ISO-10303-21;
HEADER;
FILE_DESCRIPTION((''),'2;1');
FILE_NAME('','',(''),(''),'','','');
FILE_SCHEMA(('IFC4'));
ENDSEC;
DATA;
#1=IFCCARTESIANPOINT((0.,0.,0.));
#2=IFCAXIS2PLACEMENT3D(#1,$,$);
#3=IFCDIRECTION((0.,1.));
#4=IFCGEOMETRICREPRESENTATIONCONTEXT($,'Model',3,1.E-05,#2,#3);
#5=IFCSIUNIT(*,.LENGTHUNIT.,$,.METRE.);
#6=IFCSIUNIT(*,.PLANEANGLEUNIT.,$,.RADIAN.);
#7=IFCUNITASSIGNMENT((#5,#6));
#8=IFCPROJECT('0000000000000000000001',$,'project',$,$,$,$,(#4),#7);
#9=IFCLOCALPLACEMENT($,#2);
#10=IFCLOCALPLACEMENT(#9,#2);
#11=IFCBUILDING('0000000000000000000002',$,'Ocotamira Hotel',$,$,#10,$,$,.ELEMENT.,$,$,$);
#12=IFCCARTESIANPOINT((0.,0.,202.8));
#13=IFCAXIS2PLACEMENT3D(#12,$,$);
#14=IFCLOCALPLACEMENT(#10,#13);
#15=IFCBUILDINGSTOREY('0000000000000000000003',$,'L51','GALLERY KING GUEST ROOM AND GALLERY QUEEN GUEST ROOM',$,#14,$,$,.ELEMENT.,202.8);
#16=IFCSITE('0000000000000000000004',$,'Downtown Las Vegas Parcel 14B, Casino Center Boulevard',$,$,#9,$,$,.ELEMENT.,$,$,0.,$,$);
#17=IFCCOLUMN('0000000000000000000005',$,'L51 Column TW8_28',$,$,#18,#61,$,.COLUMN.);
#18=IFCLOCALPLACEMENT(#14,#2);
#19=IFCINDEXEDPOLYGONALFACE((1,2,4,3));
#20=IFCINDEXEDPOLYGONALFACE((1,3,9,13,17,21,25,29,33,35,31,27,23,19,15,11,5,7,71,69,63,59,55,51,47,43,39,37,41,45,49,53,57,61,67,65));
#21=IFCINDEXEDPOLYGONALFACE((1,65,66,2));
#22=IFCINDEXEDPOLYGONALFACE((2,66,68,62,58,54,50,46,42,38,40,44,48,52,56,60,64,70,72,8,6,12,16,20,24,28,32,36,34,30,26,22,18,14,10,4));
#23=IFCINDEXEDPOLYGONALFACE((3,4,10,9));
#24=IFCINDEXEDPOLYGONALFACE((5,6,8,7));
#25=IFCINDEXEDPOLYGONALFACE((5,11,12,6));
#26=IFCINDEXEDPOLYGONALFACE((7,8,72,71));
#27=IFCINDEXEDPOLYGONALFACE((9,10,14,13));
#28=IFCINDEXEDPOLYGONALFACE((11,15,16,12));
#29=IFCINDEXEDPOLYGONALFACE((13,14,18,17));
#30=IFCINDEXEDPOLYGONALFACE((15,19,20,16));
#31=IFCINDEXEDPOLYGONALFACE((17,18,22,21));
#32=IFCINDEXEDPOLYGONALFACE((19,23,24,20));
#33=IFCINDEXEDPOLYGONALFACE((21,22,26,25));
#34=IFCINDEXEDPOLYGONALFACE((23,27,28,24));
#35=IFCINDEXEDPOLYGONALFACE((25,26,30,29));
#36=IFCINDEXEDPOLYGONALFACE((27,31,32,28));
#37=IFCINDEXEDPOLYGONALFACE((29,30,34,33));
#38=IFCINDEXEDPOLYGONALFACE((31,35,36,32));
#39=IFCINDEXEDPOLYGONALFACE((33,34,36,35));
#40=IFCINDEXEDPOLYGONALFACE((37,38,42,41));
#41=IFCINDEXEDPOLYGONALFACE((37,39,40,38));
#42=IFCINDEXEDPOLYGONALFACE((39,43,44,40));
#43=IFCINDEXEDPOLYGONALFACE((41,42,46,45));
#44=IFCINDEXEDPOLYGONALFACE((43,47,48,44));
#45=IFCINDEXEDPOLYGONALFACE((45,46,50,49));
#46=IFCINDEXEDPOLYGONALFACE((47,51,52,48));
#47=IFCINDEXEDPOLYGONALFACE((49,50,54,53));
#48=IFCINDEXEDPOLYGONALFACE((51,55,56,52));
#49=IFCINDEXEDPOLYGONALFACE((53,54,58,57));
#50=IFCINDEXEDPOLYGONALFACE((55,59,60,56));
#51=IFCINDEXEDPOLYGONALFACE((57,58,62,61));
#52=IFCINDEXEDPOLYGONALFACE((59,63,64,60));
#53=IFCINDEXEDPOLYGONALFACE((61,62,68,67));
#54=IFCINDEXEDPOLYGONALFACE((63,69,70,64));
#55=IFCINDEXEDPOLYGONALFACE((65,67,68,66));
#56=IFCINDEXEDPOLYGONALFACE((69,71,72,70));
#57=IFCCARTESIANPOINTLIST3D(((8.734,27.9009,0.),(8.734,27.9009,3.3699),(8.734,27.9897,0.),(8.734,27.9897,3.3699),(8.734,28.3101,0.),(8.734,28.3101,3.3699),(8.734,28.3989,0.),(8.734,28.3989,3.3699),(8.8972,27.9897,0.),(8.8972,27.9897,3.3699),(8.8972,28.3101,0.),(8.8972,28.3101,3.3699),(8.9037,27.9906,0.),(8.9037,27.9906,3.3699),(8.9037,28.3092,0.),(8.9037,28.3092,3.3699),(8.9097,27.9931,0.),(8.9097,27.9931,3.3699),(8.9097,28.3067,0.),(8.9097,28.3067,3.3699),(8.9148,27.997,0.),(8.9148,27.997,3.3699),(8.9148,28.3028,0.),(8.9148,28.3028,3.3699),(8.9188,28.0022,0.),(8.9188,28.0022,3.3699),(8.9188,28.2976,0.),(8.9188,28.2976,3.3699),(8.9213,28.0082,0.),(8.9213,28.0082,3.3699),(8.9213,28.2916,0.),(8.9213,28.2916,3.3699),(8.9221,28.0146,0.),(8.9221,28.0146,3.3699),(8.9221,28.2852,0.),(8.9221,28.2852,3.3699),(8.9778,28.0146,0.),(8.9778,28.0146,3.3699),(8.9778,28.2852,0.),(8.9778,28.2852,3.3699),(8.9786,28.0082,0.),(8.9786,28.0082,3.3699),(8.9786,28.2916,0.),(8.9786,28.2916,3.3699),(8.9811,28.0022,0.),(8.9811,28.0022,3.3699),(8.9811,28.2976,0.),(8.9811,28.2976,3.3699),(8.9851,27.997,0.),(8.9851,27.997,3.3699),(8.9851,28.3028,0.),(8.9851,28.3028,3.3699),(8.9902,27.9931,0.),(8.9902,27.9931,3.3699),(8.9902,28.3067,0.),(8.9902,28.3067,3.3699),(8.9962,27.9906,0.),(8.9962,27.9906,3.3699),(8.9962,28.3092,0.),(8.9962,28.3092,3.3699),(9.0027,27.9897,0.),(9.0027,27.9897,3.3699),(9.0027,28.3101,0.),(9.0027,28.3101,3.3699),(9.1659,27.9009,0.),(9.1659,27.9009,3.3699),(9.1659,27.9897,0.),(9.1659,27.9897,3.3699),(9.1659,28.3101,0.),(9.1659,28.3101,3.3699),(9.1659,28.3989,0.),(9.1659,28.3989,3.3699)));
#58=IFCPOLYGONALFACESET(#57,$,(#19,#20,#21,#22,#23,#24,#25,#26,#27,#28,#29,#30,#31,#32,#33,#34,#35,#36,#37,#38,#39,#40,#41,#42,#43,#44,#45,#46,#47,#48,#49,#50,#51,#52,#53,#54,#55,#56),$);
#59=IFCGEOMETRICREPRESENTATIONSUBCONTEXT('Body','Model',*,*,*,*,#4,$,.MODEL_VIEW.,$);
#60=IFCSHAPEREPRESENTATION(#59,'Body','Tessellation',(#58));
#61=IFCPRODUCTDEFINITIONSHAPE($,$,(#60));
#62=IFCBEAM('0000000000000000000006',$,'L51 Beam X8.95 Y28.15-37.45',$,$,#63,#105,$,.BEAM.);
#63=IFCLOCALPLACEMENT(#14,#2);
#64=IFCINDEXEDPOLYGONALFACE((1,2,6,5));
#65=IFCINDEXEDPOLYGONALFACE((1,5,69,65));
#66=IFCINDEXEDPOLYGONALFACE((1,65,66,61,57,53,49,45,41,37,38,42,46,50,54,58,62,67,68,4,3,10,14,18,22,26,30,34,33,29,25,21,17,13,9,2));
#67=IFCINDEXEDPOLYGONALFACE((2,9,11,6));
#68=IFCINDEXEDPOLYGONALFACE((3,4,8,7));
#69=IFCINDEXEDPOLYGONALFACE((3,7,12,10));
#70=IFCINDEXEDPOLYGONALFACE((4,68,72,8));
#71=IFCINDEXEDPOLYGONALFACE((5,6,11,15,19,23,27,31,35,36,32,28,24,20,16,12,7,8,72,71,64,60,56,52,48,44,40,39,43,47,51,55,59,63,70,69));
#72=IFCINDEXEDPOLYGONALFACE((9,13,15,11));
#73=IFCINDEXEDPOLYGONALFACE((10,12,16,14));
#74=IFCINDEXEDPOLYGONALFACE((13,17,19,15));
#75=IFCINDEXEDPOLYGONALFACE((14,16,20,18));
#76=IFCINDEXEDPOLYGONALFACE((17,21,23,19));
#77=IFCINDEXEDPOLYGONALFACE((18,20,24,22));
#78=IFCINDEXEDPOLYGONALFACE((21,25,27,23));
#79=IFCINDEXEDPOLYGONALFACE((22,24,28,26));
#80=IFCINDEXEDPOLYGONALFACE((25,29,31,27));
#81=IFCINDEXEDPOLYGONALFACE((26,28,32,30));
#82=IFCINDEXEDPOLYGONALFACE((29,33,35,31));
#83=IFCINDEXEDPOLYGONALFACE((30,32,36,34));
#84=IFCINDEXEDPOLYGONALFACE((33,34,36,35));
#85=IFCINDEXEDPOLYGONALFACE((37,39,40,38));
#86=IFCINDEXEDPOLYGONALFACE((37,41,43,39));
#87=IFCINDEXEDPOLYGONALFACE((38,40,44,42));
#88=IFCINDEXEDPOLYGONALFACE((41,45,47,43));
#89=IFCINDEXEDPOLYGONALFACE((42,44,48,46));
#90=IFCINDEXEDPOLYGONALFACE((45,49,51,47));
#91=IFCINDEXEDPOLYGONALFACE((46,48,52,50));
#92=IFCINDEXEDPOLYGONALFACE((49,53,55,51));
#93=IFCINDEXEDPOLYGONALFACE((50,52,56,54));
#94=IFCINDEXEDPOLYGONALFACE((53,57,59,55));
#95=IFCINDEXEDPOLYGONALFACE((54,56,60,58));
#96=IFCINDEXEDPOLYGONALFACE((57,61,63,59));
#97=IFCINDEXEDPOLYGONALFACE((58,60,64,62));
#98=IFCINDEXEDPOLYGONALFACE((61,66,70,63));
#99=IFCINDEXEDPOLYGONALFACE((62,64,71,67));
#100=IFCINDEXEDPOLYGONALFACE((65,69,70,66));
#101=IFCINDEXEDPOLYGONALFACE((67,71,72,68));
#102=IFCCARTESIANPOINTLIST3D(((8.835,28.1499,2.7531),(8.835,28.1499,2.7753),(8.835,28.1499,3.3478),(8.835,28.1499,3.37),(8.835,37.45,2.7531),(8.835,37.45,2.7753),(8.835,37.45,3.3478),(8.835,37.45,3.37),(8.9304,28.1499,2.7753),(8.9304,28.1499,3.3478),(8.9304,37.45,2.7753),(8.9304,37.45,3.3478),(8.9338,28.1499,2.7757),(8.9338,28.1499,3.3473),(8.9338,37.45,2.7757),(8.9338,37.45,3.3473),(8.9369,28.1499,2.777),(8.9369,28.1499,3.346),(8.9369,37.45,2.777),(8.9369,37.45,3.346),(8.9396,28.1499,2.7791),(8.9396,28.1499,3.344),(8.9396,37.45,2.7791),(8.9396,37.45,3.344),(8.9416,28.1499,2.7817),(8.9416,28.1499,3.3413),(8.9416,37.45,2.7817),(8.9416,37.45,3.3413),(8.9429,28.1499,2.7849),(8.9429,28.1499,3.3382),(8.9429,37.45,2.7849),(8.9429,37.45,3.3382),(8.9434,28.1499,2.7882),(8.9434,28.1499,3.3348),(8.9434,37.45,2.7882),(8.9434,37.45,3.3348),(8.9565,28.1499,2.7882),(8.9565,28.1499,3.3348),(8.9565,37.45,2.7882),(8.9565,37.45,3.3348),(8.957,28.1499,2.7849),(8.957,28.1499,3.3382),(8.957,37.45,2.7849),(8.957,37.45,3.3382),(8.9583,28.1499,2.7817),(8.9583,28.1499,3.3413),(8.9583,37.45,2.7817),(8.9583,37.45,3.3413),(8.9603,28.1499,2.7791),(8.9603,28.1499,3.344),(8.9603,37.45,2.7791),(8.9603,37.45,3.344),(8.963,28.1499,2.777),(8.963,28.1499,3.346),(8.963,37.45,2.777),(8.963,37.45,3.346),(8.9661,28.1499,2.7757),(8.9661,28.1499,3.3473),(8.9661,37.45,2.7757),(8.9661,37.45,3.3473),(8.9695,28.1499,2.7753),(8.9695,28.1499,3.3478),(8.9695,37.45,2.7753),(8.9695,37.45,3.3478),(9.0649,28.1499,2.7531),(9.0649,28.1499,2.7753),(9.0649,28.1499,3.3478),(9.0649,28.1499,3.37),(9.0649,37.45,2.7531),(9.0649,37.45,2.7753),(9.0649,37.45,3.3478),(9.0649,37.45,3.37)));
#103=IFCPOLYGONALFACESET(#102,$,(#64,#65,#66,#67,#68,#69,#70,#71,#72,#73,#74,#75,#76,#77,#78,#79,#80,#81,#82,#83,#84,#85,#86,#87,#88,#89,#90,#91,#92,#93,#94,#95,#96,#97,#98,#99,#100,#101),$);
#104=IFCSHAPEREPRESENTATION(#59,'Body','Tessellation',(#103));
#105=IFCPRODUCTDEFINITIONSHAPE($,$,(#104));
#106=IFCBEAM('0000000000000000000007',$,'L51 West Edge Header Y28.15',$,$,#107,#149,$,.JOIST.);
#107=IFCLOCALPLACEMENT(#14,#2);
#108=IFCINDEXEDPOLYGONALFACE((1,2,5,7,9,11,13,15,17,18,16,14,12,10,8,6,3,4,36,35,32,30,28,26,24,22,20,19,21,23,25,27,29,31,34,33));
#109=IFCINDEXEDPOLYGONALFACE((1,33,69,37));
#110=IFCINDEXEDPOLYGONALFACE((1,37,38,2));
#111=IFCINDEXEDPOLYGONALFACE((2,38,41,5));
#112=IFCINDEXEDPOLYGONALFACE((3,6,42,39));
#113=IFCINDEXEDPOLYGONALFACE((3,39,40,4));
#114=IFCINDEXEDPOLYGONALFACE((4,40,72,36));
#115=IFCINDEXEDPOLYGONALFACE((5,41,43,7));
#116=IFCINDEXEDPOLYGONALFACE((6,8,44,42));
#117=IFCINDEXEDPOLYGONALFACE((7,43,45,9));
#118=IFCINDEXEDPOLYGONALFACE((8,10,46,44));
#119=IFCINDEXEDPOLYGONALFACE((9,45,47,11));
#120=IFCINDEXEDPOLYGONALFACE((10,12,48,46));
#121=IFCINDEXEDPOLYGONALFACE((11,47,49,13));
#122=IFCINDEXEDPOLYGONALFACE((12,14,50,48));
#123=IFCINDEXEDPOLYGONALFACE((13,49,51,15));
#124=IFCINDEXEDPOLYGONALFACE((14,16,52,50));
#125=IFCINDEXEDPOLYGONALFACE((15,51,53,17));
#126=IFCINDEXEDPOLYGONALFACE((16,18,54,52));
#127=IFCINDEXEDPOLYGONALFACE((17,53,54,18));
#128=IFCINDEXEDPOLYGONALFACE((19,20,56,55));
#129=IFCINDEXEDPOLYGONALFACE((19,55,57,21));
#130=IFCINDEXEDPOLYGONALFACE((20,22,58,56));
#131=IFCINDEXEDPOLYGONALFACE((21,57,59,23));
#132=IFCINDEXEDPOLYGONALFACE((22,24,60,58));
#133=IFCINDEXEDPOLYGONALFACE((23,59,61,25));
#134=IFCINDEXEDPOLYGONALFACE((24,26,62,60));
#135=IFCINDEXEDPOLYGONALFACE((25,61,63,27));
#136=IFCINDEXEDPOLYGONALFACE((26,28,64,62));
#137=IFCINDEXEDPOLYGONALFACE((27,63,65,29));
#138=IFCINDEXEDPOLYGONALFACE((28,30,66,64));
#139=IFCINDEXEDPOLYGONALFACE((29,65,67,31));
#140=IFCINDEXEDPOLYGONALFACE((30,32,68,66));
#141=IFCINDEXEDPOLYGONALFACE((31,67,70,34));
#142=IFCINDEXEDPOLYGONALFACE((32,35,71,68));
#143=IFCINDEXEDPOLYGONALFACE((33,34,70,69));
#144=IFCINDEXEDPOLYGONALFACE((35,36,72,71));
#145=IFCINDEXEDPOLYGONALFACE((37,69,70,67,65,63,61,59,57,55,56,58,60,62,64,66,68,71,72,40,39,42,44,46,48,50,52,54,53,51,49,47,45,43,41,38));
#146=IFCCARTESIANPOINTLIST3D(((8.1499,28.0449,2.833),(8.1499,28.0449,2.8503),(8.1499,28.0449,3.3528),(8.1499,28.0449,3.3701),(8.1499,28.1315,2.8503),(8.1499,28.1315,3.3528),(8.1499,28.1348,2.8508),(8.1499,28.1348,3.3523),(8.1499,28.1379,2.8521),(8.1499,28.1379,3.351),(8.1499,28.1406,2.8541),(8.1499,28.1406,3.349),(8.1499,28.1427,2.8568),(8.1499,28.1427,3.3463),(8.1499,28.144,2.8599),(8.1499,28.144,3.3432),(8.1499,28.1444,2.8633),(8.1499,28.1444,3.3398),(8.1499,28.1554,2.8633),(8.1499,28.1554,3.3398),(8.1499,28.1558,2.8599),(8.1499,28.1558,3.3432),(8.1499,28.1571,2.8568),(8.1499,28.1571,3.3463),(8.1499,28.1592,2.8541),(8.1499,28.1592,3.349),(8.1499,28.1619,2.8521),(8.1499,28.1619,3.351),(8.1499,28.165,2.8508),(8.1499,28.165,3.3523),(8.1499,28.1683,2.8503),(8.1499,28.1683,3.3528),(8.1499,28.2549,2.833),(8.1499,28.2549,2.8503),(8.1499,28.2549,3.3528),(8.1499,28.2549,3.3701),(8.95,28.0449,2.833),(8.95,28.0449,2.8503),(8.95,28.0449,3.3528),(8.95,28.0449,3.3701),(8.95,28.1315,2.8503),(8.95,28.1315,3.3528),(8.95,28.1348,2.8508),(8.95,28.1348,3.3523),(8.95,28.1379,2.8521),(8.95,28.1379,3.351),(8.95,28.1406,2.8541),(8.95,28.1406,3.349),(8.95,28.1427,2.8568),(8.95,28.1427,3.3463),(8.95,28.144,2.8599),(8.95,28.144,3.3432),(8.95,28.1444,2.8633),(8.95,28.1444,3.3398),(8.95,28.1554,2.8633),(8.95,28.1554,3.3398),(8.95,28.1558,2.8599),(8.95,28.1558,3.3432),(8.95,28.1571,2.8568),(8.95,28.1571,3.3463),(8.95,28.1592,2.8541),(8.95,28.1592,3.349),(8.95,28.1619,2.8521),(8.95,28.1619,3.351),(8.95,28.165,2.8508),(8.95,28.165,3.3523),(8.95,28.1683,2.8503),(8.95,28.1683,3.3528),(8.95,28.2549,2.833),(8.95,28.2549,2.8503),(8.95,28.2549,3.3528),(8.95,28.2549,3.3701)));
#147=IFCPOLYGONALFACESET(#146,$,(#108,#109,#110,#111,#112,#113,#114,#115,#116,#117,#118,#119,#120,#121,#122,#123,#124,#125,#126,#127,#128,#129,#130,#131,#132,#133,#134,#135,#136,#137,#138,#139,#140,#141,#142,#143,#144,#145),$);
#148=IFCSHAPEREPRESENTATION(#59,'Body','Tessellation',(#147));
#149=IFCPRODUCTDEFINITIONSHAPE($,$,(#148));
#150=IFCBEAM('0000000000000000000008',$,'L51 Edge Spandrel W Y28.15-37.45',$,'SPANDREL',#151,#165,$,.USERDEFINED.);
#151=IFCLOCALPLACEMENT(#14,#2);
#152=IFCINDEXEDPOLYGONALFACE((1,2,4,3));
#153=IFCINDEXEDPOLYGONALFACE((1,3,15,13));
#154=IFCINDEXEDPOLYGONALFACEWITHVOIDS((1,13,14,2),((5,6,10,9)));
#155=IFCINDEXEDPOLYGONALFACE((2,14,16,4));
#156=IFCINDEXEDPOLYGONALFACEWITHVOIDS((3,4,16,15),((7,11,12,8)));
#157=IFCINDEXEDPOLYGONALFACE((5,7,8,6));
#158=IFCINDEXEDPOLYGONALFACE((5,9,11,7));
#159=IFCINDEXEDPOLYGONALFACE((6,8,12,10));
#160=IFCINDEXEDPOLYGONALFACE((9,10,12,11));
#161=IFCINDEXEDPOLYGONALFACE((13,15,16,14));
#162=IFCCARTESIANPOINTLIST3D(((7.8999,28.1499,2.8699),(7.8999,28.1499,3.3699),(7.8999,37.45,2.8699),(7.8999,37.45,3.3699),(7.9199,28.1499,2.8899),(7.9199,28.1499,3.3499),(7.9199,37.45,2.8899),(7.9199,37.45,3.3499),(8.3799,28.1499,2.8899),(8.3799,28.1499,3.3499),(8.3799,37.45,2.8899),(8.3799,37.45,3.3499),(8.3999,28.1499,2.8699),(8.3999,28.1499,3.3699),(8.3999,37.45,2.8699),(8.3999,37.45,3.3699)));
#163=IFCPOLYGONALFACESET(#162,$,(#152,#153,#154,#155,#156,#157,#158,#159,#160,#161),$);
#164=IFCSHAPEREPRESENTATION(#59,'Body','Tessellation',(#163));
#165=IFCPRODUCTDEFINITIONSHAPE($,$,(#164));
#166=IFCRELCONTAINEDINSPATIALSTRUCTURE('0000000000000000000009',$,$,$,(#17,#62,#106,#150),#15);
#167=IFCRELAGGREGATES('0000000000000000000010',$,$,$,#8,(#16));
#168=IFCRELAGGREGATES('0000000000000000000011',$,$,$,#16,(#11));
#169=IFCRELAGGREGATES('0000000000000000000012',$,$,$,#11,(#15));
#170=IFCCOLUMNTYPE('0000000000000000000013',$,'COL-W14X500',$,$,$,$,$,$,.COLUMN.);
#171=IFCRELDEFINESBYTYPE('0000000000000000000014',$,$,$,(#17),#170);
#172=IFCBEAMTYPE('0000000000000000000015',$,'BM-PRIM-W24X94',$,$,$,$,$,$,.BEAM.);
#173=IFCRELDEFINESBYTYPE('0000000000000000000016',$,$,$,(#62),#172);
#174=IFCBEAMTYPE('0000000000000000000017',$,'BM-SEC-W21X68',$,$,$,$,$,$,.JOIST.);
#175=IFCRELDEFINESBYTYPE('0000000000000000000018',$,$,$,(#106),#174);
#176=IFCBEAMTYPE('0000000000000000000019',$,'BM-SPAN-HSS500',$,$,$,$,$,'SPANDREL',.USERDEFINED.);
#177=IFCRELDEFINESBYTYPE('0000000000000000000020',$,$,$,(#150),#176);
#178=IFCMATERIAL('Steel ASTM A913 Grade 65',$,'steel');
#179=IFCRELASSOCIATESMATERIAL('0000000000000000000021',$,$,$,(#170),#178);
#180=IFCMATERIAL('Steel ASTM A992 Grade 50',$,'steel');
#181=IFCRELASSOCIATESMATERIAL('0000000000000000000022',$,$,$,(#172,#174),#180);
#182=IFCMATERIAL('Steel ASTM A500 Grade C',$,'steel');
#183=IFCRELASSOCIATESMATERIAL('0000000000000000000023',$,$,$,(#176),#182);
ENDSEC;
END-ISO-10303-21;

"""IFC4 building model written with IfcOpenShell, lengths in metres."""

from ifc_helpers import new_model, si_unit, direction, frame, origin, origin_2d, place, context, subcontext, project, spatial, hollow_rectangle, i_section, extrude, source, transform, mapped, material, material_profile, profile_set, type_object, element, save


model = new_model("IFC4")

# Units and contexts
model_context = context("Model", 3, precision=1e-05, world=origin(), true_north=direction((0.0, 1.0)))
body_context = subcontext(model_context, "Body", "Model", "MODEL_VIEW")
ifc_project = project(units=[si_unit("LENGTHUNIT", "METRE"), si_unit("PLANEANGLEUNIT", "RADIAN")], contexts=[model_context])

# Site, building, storey
site_placement = place(None, origin())
site = spatial("IfcSite", under=ifc_project, at=site_placement, Name="Downtown Las Vegas Parcel 14B, Casino Center Boulevard", CompositionType="ELEMENT", RefElevation=0.0)
building_placement = place(site_placement, origin())
building = spatial("IfcBuilding", under=site, at=building_placement, Name="Ocotamira Hotel", CompositionType="ELEMENT")
storey_placement = place(building_placement, frame((0.0, 0.0, 202.8)))
storey = spatial("IfcBuildingStorey", under=building, at=storey_placement, Name="L51", Description="GALLERY KING GUEST ROOM AND GALLERY QUEEN GUEST ROOM", CompositionType="ELEMENT", Elevation=202.8)

# Column
ifc_material_1 = material(Name="Steel ASTM A913 Grade 65", Category="steel")
ifc_material_profile_1 = material_profile(ifc_material_1, i_section(OverallWidth=0.4319, OverallDepth=0.498, WebThickness=0.0557, FlangeThickness=0.0889, FilletRadius=0.0249, at=origin_2d()), Name="W14X500")
ifc_profile_set_1 = profile_set([ifc_material_profile_1], Name="Steel ASTM A913 Grade 65")
column_type = type_object("IfcColumnType", Name="COL-W14X500", PredefinedType="COLUMN", material=ifc_profile_set_1)
shared_shape_1 = source(origin(), body_context, "Body", "SweptSolid", [
    extrude(i_section(OverallWidth=0.4319, OverallDepth=0.498, WebThickness=0.0557, FlangeThickness=0.0889, FilletRadius=0.0249, at=origin_2d()), origin(), (0.0, 0.0, 1.0), 3.3699),
])
column_placement = place(storey_placement, frame((8.95, 28.1499, 0.0), z_axis=(0.0, 0.0, 1.0), x_axis=(1.0, 0.0, 0.0)))
element("IfcColumn", 1, at=column_placement, inside=storey, type_object=column_type, Name="L51 Column TW8_28", PredefinedType="COLUMN", context=body_context, shape_type="MappedRepresentation", body=[
    mapped(shared_shape_1, transform((0.0, 0.0, 0.0), scale=1.0)),
])

# Beams
ifc_material_2 = material(Name="Steel ASTM A992 Grade 50", Category="steel")
ifc_material_profile_2 = material_profile(ifc_material_2, i_section(OverallWidth=0.23, OverallDepth=0.6169, WebThickness=0.0132, FlangeThickness=0.0222, FilletRadius=0.0129, at=origin_2d()), Name="W24X94")
ifc_profile_set_2 = profile_set([ifc_material_profile_2], Name="Steel ASTM A992 Grade 50")
beam_type_1 = type_object("IfcBeamType", Name="BM-PRIM-W24X94", PredefinedType="BEAM", material=ifc_profile_set_2)
shared_shape_2 = source(origin(), body_context, "Body", "SweptSolid", [
    extrude(i_section(OverallWidth=0.23, OverallDepth=0.6169, WebThickness=0.0132, FlangeThickness=0.0222, FilletRadius=0.0129, at=origin_2d()), origin(), (0.0, 0.0, 1.0), 9.3),
])
beam_1_placement = place(storey_placement, frame((8.95, 28.1499, 3.0615), z_axis=(0.0, 1.0, 0.0), x_axis=(-1.0, 0.0, 0.0)))
element("IfcBeam", 2, at=beam_1_placement, inside=storey, type_object=beam_type_1, Name="L51 Beam X8.95 Y28.15-37.45", PredefinedType="BEAM", context=body_context, shape_type="MappedRepresentation", body=[
    mapped(shared_shape_2, transform((0.0, 0.0, 0.0), scale=1.0)),
])
ifc_material_profile_3 = material_profile(ifc_material_2, i_section(OverallWidth=0.21, OverallDepth=0.5371, WebThickness=0.011, FlangeThickness=0.0173, FilletRadius=0.0129, at=origin_2d()), Name="W21X68")
ifc_profile_set_3 = profile_set([ifc_material_profile_3], Name="Steel ASTM A992 Grade 50")
beam_type_2 = type_object("IfcBeamType", Name="BM-SEC-W21X68", PredefinedType="JOIST", material=ifc_profile_set_3)
shared_shape_3 = source(origin(), body_context, "Body", "SweptSolid", [
    extrude(i_section(OverallWidth=0.21, OverallDepth=0.5371, WebThickness=0.011, FlangeThickness=0.0173, FilletRadius=0.0129, at=origin_2d()), origin(), (0.0, 0.0, 1.0), 0.8),
])
beam_2_placement = place(storey_placement, frame((8.95, 28.1499, 3.1016), z_axis=(-1.0, 0.0, 0.0), x_axis=(0.0, -1.0, 0.0)))
element("IfcBeam", 3, at=beam_2_placement, inside=storey, type_object=beam_type_2, Name="L51 West Edge Header Y28.15", PredefinedType="JOIST", context=body_context, shape_type="MappedRepresentation", body=[
    mapped(shared_shape_3, transform((0.0, 0.0, 0.0), scale=1.0)),
])
ifc_material_3 = material(Name="Steel ASTM A500 Grade C", Category="steel")
ifc_material_profile_4 = material_profile(ifc_material_3, hollow_rectangle(XDim=0.5, YDim=0.5, WallThickness=0.02, at=origin_2d()), Name="HSS500X500X20")
ifc_profile_set_4 = profile_set([ifc_material_profile_4], Name="Steel ASTM A500 Grade C")
beam_type_3 = type_object("IfcBeamType", Name="BM-SPAN-HSS500", ElementType="SPANDREL", PredefinedType="USERDEFINED", material=ifc_profile_set_4)
shared_shape_4 = source(origin(), body_context, "Body", "SweptSolid", [
    extrude(hollow_rectangle(XDim=0.5, YDim=0.5, WallThickness=0.02, at=origin_2d()), origin(), (0.0, 0.0, 1.0), 9.3),
])
beam_3_placement = place(storey_placement, frame((8.1499, 28.1499, 3.1199), z_axis=(0.0, 1.0, 0.0), x_axis=(-1.0, 0.0, 0.0)))
element("IfcBeam", 4, at=beam_3_placement, inside=storey, type_object=beam_type_3, Name="L51 Edge Spandrel W Y28.15-37.45", ObjectType="SPANDREL", PredefinedType="USERDEFINED", context=body_context, shape_type="MappedRepresentation", body=[
    mapped(shared_shape_4, transform((0.0, 0.0, 0.0), scale=1.0)),
])

save(model, "model.ifc")
